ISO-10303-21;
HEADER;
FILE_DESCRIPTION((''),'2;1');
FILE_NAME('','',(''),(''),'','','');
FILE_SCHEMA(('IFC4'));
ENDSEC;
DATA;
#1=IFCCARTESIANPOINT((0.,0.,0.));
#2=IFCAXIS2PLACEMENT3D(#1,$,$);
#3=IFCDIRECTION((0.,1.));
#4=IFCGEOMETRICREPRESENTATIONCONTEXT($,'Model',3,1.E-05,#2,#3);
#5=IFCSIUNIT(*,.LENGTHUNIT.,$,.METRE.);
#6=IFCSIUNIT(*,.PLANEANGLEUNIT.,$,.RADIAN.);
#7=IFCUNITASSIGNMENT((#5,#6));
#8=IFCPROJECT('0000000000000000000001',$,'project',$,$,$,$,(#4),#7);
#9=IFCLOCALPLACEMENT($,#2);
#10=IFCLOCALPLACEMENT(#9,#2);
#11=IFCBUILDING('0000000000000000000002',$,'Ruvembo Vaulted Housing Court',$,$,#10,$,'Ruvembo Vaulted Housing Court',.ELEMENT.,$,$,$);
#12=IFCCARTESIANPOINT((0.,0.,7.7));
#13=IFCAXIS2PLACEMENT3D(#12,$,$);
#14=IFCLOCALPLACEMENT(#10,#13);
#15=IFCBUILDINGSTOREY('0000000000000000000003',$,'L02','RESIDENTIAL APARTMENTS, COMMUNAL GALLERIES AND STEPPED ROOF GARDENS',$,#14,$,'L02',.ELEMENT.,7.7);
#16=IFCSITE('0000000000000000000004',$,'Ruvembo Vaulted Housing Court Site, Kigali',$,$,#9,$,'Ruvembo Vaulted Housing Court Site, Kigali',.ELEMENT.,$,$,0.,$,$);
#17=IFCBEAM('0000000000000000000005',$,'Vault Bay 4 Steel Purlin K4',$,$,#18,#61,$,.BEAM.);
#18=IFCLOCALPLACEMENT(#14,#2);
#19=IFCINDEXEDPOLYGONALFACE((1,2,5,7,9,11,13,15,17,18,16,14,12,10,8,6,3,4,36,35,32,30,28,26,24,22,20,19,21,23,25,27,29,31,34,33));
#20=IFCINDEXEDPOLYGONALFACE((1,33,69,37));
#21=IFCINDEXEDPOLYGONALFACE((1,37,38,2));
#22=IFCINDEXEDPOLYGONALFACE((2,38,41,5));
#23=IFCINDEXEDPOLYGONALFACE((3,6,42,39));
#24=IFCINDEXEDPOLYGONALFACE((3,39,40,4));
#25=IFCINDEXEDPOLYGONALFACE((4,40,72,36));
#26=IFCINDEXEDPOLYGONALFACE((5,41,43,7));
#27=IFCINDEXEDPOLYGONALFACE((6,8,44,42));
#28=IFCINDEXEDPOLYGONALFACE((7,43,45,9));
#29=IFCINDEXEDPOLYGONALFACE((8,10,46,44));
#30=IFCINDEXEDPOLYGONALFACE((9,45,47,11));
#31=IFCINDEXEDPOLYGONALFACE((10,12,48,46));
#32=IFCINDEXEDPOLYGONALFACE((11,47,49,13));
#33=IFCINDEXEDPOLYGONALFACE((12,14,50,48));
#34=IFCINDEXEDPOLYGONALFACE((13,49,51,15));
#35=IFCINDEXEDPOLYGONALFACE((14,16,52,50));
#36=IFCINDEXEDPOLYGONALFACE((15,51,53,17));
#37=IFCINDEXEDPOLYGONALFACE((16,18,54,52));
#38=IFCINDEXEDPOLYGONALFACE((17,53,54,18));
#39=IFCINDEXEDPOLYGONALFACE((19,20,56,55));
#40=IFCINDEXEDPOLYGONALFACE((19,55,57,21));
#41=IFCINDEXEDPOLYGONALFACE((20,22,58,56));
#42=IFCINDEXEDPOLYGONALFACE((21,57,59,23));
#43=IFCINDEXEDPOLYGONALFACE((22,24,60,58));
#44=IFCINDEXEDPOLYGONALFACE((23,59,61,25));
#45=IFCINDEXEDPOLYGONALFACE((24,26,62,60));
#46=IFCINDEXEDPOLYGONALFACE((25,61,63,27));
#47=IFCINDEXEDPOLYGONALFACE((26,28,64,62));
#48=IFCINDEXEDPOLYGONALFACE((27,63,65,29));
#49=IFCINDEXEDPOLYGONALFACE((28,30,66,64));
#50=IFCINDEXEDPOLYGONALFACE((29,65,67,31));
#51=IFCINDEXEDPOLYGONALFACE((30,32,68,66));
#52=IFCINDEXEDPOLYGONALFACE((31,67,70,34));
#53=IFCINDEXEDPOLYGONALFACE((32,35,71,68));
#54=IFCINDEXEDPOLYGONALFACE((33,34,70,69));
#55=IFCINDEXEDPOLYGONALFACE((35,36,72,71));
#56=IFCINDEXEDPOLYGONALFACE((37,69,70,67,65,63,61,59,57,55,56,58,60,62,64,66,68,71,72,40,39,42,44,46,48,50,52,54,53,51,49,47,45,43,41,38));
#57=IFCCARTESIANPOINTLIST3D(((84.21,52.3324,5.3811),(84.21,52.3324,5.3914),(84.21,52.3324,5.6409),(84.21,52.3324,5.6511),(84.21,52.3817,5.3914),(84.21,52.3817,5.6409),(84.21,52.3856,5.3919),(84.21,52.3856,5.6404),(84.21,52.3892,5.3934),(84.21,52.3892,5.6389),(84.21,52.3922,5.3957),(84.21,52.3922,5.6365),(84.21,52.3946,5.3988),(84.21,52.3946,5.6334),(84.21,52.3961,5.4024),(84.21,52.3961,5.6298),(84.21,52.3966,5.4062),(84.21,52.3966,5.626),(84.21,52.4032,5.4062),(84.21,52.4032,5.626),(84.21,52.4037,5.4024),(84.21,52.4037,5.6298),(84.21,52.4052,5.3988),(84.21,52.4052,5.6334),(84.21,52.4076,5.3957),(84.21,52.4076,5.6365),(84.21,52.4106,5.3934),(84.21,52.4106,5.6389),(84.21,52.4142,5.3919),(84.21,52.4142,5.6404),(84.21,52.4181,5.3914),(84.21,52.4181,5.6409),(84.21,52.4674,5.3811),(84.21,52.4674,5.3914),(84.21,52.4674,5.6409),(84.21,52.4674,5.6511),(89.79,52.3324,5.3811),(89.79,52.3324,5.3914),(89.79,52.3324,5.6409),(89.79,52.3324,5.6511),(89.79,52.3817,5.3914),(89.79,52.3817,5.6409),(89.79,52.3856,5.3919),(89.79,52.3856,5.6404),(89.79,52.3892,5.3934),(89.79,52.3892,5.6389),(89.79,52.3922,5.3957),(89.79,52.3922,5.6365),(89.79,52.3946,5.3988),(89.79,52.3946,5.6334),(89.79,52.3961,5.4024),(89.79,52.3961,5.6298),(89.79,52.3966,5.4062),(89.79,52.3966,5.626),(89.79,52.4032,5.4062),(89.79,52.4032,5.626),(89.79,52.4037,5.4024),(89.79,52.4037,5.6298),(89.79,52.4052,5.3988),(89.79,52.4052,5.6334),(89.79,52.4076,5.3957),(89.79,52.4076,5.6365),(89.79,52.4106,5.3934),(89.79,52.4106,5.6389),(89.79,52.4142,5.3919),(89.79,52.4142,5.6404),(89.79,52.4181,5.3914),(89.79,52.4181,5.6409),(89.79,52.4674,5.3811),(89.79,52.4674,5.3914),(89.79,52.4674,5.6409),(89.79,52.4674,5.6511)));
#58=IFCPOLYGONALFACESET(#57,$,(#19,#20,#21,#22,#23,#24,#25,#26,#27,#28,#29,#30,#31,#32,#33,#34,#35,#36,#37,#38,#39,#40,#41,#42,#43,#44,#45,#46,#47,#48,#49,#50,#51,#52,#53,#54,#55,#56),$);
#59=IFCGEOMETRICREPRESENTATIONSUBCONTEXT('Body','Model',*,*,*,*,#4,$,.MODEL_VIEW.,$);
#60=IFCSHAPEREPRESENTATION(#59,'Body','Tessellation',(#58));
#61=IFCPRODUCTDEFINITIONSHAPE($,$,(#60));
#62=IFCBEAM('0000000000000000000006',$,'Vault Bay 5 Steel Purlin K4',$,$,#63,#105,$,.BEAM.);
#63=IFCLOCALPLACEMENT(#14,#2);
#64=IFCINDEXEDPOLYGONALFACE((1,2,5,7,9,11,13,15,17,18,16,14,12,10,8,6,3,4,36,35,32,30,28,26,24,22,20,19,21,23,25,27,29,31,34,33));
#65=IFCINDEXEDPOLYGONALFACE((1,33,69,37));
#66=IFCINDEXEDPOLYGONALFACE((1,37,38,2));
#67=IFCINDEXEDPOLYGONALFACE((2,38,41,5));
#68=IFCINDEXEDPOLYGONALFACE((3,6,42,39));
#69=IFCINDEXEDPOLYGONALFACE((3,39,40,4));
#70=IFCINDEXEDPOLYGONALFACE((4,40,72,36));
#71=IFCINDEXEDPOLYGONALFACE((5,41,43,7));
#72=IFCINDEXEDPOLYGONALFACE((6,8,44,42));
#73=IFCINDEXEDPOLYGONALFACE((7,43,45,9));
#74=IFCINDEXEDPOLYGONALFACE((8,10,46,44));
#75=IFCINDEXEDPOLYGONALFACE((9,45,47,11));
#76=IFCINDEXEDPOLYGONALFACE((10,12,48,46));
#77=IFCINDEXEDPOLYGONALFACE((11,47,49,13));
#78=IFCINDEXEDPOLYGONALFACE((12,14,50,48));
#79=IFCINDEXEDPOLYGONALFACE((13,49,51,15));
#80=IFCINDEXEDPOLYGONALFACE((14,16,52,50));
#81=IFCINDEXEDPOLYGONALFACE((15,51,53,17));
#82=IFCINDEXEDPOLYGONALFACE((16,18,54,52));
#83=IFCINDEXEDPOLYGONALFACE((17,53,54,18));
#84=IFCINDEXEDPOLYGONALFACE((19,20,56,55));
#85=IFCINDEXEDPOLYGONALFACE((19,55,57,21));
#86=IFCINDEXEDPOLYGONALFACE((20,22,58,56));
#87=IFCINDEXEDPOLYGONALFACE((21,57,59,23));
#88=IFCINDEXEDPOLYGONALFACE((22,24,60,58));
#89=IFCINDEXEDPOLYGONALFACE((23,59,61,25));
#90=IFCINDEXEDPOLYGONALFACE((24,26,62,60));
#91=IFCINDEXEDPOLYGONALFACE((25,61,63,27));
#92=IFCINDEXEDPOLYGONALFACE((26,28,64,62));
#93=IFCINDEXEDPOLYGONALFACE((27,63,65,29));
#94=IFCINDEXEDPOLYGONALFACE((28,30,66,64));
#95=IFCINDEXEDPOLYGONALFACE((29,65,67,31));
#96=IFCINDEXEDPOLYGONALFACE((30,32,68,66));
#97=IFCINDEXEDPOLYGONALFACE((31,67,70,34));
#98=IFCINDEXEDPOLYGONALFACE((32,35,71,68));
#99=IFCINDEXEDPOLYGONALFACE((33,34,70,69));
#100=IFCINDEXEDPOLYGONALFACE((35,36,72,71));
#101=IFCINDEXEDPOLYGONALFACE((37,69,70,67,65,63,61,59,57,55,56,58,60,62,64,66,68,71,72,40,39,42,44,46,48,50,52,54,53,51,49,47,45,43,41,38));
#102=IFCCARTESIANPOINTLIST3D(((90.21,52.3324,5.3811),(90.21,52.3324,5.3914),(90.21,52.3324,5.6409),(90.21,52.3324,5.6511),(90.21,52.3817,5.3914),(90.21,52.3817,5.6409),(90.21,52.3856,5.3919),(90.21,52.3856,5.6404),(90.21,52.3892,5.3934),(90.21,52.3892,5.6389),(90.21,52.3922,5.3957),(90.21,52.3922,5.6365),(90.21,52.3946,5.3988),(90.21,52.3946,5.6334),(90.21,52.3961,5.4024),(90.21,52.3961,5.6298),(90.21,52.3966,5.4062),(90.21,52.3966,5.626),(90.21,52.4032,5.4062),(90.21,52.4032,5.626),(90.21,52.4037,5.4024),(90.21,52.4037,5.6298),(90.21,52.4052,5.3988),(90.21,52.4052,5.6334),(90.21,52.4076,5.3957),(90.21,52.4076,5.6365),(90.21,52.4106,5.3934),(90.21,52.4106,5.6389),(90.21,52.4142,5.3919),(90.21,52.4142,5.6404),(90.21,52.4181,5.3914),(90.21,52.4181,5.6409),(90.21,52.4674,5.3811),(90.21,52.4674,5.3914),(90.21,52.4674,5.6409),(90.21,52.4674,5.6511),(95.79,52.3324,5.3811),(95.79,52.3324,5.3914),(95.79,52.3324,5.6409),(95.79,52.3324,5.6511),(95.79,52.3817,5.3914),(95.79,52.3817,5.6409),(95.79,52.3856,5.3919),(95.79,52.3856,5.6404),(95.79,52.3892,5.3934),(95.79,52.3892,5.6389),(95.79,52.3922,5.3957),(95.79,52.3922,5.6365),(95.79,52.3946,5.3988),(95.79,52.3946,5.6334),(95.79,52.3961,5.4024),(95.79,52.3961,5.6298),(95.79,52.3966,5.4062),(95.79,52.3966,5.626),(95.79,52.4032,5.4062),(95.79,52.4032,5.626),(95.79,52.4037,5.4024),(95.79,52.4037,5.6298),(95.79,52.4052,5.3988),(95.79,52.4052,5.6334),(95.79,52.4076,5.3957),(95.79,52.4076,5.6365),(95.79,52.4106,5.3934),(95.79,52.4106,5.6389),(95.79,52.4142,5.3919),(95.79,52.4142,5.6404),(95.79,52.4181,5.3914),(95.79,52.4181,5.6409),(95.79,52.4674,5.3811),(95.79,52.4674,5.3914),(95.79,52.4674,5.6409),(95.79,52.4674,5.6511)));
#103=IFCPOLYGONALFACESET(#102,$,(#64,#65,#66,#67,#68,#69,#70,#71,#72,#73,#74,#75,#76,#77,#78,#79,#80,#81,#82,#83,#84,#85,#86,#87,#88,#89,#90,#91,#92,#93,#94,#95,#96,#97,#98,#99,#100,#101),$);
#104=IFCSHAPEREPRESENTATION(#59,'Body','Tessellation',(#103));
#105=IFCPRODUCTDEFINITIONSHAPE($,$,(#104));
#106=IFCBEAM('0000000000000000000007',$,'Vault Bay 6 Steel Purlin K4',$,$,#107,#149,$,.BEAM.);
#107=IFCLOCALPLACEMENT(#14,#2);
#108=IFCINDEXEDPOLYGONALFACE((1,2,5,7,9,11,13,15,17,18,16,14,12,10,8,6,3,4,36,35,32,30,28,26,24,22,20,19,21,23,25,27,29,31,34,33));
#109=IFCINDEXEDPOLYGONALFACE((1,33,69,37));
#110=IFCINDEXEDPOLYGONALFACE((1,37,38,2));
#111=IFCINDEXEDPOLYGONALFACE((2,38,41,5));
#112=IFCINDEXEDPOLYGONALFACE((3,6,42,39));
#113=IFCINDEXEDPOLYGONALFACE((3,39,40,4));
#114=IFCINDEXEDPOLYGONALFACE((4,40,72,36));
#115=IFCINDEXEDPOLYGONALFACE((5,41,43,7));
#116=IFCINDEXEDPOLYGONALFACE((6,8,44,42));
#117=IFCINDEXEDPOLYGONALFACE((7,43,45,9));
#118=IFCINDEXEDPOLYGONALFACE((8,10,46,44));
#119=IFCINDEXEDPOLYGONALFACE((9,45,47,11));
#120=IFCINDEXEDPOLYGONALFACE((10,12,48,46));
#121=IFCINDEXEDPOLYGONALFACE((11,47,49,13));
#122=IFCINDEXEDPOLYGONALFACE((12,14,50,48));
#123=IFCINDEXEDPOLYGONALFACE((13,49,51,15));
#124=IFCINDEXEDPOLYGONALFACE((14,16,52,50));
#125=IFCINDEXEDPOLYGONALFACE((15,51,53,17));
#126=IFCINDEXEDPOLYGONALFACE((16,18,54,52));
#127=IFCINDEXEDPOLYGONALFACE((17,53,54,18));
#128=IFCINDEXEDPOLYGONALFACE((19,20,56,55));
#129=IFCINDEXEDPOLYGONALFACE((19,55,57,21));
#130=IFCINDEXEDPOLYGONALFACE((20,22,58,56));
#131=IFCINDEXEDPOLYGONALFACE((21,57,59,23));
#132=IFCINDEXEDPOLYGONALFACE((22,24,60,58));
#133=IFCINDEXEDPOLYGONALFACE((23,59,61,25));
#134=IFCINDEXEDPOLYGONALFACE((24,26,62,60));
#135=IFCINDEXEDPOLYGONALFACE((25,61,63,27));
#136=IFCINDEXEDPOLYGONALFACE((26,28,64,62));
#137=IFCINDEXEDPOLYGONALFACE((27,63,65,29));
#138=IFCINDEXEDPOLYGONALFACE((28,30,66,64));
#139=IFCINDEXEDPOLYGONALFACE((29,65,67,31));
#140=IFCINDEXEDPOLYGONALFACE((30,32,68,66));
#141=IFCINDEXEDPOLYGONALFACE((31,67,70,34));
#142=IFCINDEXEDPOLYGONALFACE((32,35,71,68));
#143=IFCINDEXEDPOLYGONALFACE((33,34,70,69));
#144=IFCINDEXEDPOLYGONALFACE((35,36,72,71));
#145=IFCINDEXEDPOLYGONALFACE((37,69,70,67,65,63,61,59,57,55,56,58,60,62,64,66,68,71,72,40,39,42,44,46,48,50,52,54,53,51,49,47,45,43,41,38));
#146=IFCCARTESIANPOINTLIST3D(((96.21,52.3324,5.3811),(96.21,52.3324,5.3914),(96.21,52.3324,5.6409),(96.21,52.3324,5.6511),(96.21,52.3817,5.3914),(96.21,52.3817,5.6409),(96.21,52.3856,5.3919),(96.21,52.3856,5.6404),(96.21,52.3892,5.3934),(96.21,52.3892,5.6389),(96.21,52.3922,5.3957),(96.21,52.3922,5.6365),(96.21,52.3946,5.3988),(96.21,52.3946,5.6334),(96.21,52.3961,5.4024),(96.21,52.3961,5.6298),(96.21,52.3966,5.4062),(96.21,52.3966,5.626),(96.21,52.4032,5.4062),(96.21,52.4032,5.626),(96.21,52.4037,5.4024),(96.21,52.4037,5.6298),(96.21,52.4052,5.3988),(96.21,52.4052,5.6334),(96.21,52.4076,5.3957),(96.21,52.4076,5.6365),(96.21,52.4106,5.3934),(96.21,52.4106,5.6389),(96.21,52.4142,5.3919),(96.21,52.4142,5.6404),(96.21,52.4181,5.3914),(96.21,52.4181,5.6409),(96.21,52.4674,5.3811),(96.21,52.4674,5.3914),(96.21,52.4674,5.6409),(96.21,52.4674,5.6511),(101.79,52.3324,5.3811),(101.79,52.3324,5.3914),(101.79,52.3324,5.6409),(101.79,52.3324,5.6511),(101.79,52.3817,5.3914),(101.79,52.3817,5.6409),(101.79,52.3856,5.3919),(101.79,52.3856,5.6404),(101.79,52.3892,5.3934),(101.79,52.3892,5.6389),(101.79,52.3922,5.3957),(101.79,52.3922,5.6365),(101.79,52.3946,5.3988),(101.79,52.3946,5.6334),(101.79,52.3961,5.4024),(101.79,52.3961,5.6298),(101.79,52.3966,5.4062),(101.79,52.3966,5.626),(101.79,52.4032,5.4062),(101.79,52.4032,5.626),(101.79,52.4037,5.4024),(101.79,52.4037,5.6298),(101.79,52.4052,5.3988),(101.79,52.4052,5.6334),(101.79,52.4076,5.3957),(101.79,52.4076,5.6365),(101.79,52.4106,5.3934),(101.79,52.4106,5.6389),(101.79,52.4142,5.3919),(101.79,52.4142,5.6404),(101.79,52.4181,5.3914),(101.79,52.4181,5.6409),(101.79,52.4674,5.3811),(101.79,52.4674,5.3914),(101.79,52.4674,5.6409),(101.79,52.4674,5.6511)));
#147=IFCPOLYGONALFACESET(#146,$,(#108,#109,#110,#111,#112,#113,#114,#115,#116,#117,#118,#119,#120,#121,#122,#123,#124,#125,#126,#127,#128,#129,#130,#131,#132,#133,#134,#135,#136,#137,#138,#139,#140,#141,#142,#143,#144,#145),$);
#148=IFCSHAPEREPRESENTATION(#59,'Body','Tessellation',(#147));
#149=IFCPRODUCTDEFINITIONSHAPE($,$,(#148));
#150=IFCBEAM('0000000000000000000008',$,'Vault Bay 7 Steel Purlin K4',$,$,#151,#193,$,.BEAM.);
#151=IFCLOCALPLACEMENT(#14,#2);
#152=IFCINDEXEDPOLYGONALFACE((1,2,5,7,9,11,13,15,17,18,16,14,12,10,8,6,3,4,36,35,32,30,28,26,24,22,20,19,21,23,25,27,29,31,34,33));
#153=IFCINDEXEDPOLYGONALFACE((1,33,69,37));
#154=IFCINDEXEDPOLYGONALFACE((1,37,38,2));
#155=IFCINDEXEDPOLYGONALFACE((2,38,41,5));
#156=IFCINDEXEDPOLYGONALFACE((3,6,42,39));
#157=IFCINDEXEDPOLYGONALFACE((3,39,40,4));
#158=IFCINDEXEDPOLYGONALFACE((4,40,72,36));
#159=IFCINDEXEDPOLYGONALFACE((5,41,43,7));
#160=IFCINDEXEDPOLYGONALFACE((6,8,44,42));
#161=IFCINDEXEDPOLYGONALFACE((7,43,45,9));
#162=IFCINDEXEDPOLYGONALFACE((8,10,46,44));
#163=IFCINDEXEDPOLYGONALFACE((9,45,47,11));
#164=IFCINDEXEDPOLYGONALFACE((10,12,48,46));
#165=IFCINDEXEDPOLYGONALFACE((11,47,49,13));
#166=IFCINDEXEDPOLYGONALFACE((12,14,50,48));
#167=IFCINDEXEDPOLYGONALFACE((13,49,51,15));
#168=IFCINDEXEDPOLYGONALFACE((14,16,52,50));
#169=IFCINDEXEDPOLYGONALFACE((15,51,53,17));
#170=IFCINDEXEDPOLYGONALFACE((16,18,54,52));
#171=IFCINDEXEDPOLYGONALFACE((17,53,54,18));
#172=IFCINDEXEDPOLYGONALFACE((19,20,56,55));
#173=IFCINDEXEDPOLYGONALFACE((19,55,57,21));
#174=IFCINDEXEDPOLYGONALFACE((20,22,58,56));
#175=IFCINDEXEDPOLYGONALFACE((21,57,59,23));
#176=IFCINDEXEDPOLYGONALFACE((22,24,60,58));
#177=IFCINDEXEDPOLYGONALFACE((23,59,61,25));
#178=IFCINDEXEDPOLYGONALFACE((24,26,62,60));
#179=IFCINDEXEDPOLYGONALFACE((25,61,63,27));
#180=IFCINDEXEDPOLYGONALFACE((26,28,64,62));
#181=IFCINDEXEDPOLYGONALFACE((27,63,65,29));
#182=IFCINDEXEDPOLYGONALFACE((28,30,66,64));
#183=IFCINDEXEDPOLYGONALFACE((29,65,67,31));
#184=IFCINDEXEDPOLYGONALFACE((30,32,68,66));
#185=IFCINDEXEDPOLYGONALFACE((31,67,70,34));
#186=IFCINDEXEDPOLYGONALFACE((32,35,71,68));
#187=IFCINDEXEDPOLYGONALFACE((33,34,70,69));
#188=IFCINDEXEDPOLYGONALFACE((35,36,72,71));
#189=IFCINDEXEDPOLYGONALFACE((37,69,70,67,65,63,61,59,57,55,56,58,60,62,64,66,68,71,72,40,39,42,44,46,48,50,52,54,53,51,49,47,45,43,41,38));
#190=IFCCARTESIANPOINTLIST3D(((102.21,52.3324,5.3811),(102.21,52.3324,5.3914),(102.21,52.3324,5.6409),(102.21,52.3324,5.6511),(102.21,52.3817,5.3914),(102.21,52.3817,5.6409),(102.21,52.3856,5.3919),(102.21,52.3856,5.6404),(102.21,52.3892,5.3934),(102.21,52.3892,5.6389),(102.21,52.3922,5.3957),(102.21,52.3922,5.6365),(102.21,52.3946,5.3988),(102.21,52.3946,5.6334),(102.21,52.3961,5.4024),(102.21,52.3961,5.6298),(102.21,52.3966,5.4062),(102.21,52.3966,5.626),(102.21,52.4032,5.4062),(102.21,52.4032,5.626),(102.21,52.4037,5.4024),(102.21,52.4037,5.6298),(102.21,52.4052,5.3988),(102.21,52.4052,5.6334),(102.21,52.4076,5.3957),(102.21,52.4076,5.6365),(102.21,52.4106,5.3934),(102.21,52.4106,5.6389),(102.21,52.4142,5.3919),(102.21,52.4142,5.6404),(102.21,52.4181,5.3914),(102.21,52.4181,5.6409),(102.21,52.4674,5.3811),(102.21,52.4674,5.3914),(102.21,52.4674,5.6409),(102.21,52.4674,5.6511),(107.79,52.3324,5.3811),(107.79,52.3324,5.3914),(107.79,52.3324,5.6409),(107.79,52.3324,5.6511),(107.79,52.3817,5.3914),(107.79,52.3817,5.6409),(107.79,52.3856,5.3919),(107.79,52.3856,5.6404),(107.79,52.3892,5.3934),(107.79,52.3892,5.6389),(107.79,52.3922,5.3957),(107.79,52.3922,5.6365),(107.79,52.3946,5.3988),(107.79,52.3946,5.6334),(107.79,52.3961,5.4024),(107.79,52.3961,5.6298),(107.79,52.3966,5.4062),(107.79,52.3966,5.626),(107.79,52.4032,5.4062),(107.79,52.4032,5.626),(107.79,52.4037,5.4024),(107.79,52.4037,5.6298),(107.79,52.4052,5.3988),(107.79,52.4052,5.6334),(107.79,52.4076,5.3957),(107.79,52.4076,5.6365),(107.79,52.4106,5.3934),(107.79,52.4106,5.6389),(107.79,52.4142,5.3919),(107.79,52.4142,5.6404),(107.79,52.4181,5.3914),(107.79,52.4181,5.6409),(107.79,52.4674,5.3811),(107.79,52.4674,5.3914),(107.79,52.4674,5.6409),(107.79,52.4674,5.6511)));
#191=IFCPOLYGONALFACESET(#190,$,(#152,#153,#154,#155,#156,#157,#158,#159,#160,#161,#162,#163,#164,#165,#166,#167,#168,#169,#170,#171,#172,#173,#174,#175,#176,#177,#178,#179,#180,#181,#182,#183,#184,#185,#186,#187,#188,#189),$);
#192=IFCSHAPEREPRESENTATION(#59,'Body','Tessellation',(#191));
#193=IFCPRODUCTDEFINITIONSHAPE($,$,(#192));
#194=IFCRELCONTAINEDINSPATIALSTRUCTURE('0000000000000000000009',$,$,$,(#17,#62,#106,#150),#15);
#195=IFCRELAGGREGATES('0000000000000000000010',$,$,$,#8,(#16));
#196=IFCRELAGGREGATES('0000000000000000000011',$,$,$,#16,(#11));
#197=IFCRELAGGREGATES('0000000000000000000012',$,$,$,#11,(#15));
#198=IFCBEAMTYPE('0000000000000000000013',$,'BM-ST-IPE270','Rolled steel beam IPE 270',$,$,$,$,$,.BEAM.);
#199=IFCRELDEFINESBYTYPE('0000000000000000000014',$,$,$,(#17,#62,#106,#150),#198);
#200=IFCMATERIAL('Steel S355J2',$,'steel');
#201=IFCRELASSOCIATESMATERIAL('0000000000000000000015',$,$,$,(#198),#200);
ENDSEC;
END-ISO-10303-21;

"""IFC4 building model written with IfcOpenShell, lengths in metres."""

from ifc_helpers import new_model, si_unit, direction, frame, origin, origin_2d, place, context, subcontext, project, spatial, i_section, extrude, material, material_profile, profile_set, type_object, element, save


model = new_model("IFC4")

# Units and contexts
model_context = context("Model", 3, precision=1e-05, world=origin(), true_north=direction((0.0, 1.0)))
body_context = subcontext(model_context, "Body", "Model", "MODEL_VIEW")
ifc_project = project(units=[si_unit("LENGTHUNIT", "METRE"), si_unit("PLANEANGLEUNIT", "RADIAN")], contexts=[model_context])

# Site, building, storey
site_placement = place(None, origin())
site = spatial("IfcSite", under=ifc_project, at=site_placement, Name="Ruvembo Vaulted Housing Court Site, Kigali", LongName="Ruvembo Vaulted Housing Court Site, Kigali", CompositionType="ELEMENT", RefElevation=0.0)
building_placement = place(site_placement, origin())
building = spatial("IfcBuilding", under=site, at=building_placement, Name="Ruvembo Vaulted Housing Court", LongName="Ruvembo Vaulted Housing Court", CompositionType="ELEMENT")
storey_placement = place(building_placement, frame((0.0, 0.0, 7.7)))
storey = spatial("IfcBuildingStorey", under=building, at=storey_placement, Name="L02", Description="RESIDENTIAL APARTMENTS, COMMUNAL GALLERIES AND STEPPED ROOF GARDENS", LongName="L02", CompositionType="ELEMENT", Elevation=7.7)

# Beams
ifc_material_1 = material(Name="Steel S355J2", Category="steel")
ifc_material_profile_1 = material_profile(ifc_material_1, i_section(OverallWidth=0.135, OverallDepth=0.27, WebThickness=0.0066, FlangeThickness=0.0103, FilletRadius=0.0149, at=origin_2d()), Name="IPE 270")
ifc_profile_set_1 = profile_set([ifc_material_profile_1], Name="Steel S355J2")
beam_type_1 = type_object("IfcBeamType", Name="BM-ST-IPE270", Description="Rolled steel beam IPE 270", PredefinedType="BEAM", material=ifc_profile_set_1)
for number, where, z_axis, x_axis, name in (
    (1, (84.21, 52.3999, 5.5161), (1.0, 0.0, 0.0), (0.0, 1.0, 0.0), "Vault Bay 4 Steel Purlin K4"),
    (2, (90.21, 52.3999, 5.5161), (1.0, 0.0, 0.0), (0.0, 1.0, 0.0), "Vault Bay 5 Steel Purlin K4"),
    (3, (96.21, 52.3999, 5.5161), (1.0, 0.0, 0.0), (0.0, 1.0, 0.0), "Vault Bay 6 Steel Purlin K4"),
    (4, (102.21, 52.3999, 5.5161), (1.0, 0.0, 0.0), (0.0, 1.0, 0.0), "Vault Bay 7 Steel Purlin K4"),
):
    element("IfcBeam", number, at=place(storey_placement, frame(where, z_axis=z_axis, x_axis=x_axis)), inside=storey, type_object=beam_type_1, Name=name, PredefinedType="BEAM", context=body_context, shape_type="SweptSolid", body=[
        extrude(i_section(OverallWidth=0.135, OverallDepth=0.27, WebThickness=0.0066, FlangeThickness=0.0103, FilletRadius=0.0149, at=origin_2d()), origin(), (0.0, 0.0, 1.0), 5.5801),
    ])

save(model, "model.ifc")
